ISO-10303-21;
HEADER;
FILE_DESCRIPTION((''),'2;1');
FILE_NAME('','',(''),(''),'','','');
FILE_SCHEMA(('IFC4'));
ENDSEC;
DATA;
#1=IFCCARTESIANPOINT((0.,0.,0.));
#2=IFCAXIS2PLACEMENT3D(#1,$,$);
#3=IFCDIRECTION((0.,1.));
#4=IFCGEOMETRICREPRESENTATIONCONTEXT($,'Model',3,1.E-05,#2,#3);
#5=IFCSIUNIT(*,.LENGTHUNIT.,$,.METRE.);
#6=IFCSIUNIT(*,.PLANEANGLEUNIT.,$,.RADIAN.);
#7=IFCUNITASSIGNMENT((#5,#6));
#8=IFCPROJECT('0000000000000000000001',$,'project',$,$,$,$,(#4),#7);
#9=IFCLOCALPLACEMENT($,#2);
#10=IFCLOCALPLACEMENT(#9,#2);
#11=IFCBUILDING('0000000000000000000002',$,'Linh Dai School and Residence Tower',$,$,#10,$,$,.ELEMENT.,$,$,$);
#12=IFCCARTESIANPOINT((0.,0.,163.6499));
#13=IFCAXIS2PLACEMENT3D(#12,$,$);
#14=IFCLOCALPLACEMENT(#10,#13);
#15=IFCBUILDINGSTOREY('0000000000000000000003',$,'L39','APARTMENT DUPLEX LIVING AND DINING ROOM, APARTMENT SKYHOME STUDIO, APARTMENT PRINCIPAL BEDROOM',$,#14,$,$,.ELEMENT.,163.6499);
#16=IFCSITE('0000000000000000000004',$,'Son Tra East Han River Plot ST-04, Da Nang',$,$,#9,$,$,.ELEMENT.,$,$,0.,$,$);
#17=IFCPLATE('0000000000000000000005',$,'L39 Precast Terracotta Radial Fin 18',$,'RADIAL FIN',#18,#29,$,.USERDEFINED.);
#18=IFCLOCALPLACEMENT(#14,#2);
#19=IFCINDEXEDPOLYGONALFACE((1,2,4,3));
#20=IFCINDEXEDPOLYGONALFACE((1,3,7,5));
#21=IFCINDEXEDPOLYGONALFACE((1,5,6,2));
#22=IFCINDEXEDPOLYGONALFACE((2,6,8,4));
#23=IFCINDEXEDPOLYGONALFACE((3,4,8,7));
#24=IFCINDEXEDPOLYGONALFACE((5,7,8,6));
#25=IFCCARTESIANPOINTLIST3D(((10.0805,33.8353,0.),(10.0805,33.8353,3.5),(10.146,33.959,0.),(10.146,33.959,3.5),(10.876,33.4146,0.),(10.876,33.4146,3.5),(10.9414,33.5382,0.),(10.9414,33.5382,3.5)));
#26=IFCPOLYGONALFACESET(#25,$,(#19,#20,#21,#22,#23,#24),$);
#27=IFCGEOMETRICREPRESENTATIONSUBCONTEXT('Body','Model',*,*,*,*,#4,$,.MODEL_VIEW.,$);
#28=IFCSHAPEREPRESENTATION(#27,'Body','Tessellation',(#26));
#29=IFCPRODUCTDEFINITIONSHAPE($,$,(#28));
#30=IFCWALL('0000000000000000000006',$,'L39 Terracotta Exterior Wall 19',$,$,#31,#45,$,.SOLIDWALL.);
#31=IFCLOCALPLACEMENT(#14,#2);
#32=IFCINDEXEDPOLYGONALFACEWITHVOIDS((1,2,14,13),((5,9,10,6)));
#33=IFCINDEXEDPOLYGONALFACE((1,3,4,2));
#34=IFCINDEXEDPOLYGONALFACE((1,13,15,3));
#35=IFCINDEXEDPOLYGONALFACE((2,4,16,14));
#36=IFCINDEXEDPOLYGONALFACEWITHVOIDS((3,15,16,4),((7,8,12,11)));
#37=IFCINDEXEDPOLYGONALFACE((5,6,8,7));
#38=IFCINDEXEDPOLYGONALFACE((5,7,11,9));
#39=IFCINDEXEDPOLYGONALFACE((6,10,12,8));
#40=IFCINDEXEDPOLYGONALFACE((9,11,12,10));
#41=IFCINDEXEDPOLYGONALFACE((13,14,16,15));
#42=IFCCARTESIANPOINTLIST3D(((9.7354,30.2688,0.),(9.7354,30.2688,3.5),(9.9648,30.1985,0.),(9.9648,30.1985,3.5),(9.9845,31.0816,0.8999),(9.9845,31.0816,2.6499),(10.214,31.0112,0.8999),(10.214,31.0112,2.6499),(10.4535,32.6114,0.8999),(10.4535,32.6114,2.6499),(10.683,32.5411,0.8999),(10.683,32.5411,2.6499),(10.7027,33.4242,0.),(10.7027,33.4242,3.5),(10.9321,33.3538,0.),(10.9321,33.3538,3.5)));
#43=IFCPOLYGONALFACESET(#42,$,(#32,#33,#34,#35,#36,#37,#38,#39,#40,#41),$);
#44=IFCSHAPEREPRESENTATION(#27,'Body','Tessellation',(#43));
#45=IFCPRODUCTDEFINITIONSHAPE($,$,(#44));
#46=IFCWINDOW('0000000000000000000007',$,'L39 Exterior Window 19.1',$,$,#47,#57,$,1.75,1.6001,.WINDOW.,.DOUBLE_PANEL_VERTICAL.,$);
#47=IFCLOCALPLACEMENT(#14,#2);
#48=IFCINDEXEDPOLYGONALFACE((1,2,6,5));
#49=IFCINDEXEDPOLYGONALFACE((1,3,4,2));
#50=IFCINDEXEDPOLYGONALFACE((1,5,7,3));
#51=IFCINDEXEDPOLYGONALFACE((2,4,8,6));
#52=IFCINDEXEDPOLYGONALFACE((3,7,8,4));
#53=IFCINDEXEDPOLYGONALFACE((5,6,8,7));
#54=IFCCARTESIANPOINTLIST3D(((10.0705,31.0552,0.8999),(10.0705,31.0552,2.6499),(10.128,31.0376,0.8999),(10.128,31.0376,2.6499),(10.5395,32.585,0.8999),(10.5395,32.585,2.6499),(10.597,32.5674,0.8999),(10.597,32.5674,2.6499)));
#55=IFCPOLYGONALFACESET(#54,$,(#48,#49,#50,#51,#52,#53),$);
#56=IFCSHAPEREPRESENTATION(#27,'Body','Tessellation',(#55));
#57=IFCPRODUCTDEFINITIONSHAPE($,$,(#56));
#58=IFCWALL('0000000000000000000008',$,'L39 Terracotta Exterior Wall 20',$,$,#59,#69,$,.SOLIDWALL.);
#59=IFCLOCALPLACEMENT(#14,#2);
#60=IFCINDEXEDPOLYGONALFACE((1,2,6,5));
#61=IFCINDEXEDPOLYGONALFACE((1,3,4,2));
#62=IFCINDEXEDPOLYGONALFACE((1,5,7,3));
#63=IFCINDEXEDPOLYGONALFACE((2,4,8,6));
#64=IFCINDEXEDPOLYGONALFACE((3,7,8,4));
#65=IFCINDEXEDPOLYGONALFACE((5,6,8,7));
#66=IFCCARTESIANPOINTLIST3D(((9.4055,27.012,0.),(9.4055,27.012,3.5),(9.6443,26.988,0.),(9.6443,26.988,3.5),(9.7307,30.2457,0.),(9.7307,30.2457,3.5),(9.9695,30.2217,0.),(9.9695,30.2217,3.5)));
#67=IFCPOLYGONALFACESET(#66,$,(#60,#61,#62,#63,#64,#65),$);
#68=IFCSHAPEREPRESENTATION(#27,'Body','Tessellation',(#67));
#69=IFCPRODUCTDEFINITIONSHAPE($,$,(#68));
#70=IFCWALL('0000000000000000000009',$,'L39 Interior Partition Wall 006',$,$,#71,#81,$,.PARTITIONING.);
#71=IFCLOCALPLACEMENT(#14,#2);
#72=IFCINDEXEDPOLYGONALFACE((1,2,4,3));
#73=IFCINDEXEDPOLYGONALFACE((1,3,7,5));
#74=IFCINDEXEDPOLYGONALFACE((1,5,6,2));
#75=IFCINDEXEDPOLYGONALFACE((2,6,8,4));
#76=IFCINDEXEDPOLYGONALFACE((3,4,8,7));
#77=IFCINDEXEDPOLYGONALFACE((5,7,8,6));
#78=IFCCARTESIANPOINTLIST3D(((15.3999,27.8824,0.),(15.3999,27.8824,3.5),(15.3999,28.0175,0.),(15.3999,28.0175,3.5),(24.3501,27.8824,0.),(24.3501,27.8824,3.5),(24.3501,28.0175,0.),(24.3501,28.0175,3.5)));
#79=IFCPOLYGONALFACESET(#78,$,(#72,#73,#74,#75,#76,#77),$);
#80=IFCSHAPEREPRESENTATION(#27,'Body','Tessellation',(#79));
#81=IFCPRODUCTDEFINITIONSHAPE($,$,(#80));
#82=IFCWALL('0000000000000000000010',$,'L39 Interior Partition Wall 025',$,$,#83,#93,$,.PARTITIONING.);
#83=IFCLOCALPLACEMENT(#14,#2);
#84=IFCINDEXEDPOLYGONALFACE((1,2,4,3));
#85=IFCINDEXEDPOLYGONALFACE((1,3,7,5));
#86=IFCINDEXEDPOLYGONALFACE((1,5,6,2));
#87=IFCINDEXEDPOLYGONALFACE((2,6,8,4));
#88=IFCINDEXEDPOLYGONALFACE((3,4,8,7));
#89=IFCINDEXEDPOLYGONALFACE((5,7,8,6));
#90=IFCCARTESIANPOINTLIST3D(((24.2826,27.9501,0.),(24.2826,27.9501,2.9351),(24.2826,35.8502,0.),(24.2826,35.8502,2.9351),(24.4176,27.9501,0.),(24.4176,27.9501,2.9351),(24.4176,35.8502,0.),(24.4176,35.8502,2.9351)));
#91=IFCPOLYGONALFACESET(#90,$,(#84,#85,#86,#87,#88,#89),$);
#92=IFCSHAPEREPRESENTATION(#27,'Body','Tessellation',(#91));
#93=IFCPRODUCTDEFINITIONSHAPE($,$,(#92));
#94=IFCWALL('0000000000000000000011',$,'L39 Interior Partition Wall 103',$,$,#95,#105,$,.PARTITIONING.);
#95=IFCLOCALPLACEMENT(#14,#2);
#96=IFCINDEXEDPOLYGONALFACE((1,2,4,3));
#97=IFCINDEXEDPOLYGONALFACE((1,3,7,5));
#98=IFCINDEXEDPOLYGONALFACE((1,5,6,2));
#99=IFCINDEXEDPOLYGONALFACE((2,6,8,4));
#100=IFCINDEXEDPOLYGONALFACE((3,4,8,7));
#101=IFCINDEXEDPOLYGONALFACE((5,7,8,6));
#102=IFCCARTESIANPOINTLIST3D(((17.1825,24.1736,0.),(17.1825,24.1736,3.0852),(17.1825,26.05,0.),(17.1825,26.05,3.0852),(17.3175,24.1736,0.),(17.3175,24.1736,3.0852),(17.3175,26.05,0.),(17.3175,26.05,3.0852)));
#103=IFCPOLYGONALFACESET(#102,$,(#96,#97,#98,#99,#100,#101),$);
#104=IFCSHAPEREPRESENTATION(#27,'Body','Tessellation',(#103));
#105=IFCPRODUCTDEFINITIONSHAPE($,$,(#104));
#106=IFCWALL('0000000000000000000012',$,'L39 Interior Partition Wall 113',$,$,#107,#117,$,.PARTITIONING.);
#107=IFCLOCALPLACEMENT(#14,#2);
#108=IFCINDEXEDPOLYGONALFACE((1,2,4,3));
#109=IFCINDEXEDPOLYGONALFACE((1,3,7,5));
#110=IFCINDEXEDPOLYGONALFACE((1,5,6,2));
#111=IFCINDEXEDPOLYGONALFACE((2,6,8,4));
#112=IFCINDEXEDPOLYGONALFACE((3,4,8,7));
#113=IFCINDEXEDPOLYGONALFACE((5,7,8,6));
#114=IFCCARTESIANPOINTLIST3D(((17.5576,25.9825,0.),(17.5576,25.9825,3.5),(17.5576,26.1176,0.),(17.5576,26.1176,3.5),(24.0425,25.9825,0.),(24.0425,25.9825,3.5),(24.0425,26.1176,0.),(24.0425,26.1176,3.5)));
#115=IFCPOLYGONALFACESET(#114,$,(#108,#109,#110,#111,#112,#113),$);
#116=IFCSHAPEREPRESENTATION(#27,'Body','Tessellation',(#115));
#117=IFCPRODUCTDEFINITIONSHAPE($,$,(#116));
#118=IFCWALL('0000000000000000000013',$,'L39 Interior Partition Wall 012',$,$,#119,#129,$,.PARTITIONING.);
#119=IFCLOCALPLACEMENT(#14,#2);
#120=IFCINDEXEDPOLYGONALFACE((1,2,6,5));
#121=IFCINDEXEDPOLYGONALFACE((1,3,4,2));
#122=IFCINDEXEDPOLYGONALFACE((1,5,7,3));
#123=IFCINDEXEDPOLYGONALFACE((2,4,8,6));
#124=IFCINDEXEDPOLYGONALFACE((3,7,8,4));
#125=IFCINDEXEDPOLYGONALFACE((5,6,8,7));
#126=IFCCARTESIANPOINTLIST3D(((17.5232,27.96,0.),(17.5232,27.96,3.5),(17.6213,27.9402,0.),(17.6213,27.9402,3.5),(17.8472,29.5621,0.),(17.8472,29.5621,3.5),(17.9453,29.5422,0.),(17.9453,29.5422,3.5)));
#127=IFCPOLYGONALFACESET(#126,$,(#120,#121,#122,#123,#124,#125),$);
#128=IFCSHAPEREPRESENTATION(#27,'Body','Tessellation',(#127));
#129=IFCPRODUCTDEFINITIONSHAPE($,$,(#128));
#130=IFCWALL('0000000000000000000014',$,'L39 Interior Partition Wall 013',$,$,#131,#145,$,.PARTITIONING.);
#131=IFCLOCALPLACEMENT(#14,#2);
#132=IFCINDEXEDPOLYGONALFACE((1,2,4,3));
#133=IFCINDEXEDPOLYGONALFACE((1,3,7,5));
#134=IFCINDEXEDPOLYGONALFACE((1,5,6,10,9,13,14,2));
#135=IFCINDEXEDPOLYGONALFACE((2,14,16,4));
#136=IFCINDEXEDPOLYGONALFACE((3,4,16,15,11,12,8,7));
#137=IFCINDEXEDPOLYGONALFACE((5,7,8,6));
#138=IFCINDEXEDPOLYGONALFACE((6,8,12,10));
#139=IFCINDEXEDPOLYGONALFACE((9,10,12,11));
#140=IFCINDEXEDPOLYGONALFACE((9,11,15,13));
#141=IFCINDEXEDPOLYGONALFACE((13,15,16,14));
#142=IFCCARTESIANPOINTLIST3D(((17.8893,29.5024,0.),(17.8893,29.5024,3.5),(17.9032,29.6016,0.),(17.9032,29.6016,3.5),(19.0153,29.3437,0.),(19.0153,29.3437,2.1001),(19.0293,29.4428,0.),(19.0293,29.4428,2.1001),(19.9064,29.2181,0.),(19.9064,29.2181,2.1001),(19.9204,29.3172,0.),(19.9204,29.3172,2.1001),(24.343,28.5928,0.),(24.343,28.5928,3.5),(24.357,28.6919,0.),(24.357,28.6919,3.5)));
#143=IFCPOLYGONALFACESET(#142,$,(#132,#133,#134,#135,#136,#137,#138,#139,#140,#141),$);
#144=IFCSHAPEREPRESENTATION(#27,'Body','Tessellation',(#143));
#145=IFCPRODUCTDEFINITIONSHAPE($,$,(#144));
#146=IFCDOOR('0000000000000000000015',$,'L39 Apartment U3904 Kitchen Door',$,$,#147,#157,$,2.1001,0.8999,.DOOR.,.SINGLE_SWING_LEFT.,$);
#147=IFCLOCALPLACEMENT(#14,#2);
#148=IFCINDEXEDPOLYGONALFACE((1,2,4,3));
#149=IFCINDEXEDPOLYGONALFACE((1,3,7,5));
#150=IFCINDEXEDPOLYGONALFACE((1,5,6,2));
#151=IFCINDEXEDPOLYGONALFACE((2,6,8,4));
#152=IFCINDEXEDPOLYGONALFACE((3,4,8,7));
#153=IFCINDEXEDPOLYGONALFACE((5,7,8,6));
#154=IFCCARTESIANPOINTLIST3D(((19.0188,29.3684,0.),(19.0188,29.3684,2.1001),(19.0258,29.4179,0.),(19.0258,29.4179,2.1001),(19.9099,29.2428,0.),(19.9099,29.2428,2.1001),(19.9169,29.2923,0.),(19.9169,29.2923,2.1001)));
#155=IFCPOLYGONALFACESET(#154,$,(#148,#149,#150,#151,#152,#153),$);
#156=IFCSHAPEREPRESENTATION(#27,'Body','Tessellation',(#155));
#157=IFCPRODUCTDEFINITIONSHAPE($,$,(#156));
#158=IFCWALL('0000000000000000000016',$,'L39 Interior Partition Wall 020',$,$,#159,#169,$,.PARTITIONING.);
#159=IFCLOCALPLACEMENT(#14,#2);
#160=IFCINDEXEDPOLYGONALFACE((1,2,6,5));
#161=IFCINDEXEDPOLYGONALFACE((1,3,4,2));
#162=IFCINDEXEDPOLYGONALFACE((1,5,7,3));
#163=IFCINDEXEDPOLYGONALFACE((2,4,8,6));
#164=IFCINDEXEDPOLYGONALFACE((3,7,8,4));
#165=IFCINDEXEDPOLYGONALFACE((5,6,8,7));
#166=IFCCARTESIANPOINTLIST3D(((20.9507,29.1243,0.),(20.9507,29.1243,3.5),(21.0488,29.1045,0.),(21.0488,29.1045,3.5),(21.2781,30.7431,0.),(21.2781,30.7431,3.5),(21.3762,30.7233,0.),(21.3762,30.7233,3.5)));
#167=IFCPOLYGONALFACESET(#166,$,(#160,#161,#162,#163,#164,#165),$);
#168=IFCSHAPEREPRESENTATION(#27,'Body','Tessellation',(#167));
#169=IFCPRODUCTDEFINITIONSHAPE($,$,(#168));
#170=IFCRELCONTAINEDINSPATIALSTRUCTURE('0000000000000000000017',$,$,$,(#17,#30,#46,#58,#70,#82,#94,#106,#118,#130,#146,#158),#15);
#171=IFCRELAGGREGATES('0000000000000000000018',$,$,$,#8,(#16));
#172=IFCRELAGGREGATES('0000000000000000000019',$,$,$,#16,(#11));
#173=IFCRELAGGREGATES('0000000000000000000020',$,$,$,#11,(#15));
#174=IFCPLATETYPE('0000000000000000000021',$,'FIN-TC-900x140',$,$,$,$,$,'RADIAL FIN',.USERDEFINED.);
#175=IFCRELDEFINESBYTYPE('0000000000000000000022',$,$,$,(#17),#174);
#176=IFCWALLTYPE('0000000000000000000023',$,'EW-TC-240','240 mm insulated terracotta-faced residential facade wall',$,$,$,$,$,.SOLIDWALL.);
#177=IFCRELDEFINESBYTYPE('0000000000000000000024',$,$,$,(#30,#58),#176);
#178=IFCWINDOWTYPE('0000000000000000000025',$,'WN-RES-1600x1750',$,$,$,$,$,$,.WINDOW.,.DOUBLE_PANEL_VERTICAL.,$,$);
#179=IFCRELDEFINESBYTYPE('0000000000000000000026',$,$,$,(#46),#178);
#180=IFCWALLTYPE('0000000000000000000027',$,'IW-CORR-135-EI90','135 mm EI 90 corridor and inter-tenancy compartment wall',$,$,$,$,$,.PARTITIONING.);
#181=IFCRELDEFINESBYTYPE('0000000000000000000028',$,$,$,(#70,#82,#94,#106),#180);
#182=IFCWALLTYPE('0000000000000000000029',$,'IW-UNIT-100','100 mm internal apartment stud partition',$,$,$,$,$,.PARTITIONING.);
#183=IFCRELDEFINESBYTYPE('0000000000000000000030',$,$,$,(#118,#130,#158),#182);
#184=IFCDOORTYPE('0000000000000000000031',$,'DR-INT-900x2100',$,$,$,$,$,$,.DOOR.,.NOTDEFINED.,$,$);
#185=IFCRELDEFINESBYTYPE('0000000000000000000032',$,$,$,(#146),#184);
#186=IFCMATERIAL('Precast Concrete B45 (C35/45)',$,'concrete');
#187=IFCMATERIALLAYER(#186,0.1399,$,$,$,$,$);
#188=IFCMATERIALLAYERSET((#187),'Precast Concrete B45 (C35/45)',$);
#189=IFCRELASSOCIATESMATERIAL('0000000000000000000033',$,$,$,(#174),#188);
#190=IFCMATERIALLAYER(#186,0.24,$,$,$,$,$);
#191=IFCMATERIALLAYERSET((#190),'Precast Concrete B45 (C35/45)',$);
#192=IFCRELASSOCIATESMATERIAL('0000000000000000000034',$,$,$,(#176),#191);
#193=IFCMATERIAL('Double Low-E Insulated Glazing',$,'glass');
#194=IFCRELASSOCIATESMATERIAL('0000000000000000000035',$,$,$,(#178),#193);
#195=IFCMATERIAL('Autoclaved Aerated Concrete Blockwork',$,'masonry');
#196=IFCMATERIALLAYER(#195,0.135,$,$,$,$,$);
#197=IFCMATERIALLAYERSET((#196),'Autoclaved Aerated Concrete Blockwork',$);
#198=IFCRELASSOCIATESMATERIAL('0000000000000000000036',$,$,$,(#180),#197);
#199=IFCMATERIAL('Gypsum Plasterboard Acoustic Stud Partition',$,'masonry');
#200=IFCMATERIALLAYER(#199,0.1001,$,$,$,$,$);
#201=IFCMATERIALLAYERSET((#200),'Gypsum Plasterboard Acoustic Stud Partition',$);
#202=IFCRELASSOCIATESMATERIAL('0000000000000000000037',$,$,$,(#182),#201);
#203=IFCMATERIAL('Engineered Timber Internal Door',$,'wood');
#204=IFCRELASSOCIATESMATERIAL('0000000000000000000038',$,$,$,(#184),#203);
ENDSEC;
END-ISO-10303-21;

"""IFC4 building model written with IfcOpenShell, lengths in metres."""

from ifc_helpers import new_model, si_unit, direction, frame, frame_2d, origin, origin_2d, place, context, subcontext, project, spatial, rectangle, extrude, source, transform, mapped, material, layer, layer_set, type_object, element, fill, save


model = new_model("IFC4")

# Units and contexts
model_context = context("Model", 3, precision=1e-05, world=origin(), true_north=direction((0.0, 1.0)))
body_context = subcontext(model_context, "Body", "Model", "MODEL_VIEW")
ifc_project = project(units=[si_unit("LENGTHUNIT", "METRE"), si_unit("PLANEANGLEUNIT", "RADIAN")], contexts=[model_context])

# Site, building, storey
site_placement = place(None, origin())
site = spatial("IfcSite", under=ifc_project, at=site_placement, Name="Son Tra East Han River Plot ST-04, Da Nang", CompositionType="ELEMENT", RefElevation=0.0)
building_placement = place(site_placement, origin())
building = spatial("IfcBuilding", under=site, at=building_placement, Name="Linh Dai School and Residence Tower", CompositionType="ELEMENT")
storey_placement = place(building_placement, frame((0.0, 0.0, 163.6499)))
storey = spatial("IfcBuildingStorey", under=building, at=storey_placement, Name="L39", Description="APARTMENT DUPLEX LIVING AND DINING ROOM, APARTMENT SKYHOME STUDIO, APARTMENT PRINCIPAL BEDROOM", CompositionType="ELEMENT", Elevation=163.6499)

# Plate
ifc_material_1 = material(Name="Precast Concrete B45 (C35/45)", Category="concrete")
ifc_layer_1 = layer(ifc_material_1, 0.1399)
ifc_layer_set_1 = layer_set([ifc_layer_1], Name="Precast Concrete B45 (C35/45)")
plate_type = type_object("IfcPlateType", Name="FIN-TC-900x140", ElementType="RADIAL FIN", PredefinedType="USERDEFINED", material=ifc_layer_set_1)
shared_shape_1 = source(origin(), body_context, "Body", "SweptSolid", [
    extrude(rectangle(XDim=0.8999, YDim=0.1399, at=origin_2d()), origin(), (0.0, 0.0, 1.0), 3.5),
])
plate_placement = place(storey_placement, frame((10.511, 33.6868, 0.0), z_axis=(0.0, 0.0, 1.0), x_axis=(-0.883951, 0.46758, 0.0)))
element("IfcPlate", 1, at=plate_placement, inside=storey, type_object=plate_type, Name="L39 Precast Terracotta Radial Fin 18", ObjectType="RADIAL FIN", PredefinedType="USERDEFINED", context=body_context, shape_type="MappedRepresentation", body=[
    mapped(shared_shape_1, transform((0.0, 0.0, 0.0), x_axis=(1.0, 0.0, 0.0), y_axis=(0.0, 1.0, 0.0), z_axis=(0.0, 0.0, 1.0), scale=1.0)),
])

# Shared definitions
ifc_layer_2 = layer(ifc_material_1, 0.24)
ifc_layer_set_2 = layer_set([ifc_layer_2], Name="Precast Concrete B45 (C35/45)")
wall_type_1 = type_object("IfcWallType", Name="EW-TC-240", Description="240 mm insulated terracotta-faced residential facade wall", PredefinedType="SOLIDWALL", material=ifc_layer_set_2)

# Wall, opening, window
wall_1_placement = place(storey_placement, frame((9.8501, 30.2336, 0.0), z_axis=(0.0, 0.0, 1.0), x_axis=(0.293098, 0.956082, 0.0)))
wall_1 = element("IfcWall", 2, at=wall_1_placement, inside=storey, type_object=wall_type_1, Name="L39 Terracotta Exterior Wall 19", PredefinedType="SOLIDWALL", context=body_context, shape_type="SweptSolid", body=[
    extrude(rectangle(XDim=3.3003, YDim=0.24, at=frame_2d((1.6501, 0.0))), origin(), (0.0, 0.0, 1.0), 3.5),
])
opening_1_placement = place(wall_1_placement, frame((0.8501, 0.0, 0.8999)))
opening_1 = element("IfcOpeningElement", 3, at=opening_1_placement, cuts=wall_1, PredefinedType="OPENING", context=body_context, shape_type="SweptSolid", body=[
    extrude(rectangle(XDim=1.6001, YDim=1.75, at=origin_2d()), frame((0.8, 0.1299, 0.875), z_axis=(0.0, -1.0, 0.0), x_axis=(1.0, 0.0, 0.0)), (0.0, 0.0, 1.0), 0.26),
])
ifc_material_2 = material(Name="Double Low-E Insulated Glazing", Category="glass")
window_type = type_object("IfcWindowType", Name="WN-RES-1600x1750", PartitioningType="DOUBLE_PANEL_VERTICAL", PredefinedType="WINDOW", material=ifc_material_2)
shared_shape_2 = source(origin(), body_context, "Body", "SweptSolid", [
    extrude(rectangle(XDim=1.6001, YDim=1.75, at=origin_2d()), frame((0.8, 0.03, 0.875), z_axis=(0.0, -1.0, 0.0), x_axis=(1.0, 0.0, 0.0)), (0.0, 0.0, 1.0), 0.0601),
])
window_placement = place(opening_1_placement, origin())
window = element("IfcWindow", 4, at=window_placement, inside=storey, type_object=window_type, Name="L39 Exterior Window 19.1", OverallHeight=1.75, OverallWidth=1.6001, PartitioningType="DOUBLE_PANEL_VERTICAL", PredefinedType="WINDOW", context=body_context, shape_type="MappedRepresentation", body=[
    mapped(shared_shape_2, transform((0.0, 0.0, 0.0), x_axis=(1.0, 0.0, 0.0), y_axis=(0.0, 1.0, 0.0), z_axis=(0.0, 0.0, 1.0), scale=1.0)),
])
fill(opening_1, window)

# Walls
wall_2_placement = place(storey_placement, frame((9.5249, 27.0, 0.0), z_axis=(0.0, 0.0, 1.0), x_axis=(0.100062, 0.994981, 0.0)))
element("IfcWall", 5, at=wall_2_placement, inside=storey, type_object=wall_type_1, Name="L39 Terracotta Exterior Wall 20", PredefinedType="SOLIDWALL", context=body_context, shape_type="SweptSolid", body=[
    extrude(rectangle(XDim=3.25, YDim=0.24, at=frame_2d((1.625, 0.0))), origin(), (0.0, 0.0, 1.0), 3.5),
])
ifc_material_3 = material(Name="Autoclaved Aerated Concrete Blockwork", Category="masonry")
ifc_layer_3 = layer(ifc_material_3, 0.135)
ifc_layer_set_3 = layer_set([ifc_layer_3], Name="Autoclaved Aerated Concrete Blockwork")
wall_type_2 = type_object("IfcWallType", Name="IW-CORR-135-EI90", Description="135 mm EI 90 corridor and inter-tenancy compartment wall", PredefinedType="PARTITIONING", material=ifc_layer_set_3)
wall_3_placement = place(storey_placement, frame((15.3999, 27.95, 0.0), z_axis=(0.0, 0.0, 1.0), x_axis=(1.0, 0.0, 0.0)))
element("IfcWall", 6, at=wall_3_placement, inside=storey, type_object=wall_type_2, Name="L39 Interior Partition Wall 006", PredefinedType="PARTITIONING", context=body_context, shape_type="SweptSolid", body=[
    extrude(rectangle(XDim=8.9502, YDim=0.135, at=frame_2d((4.4751, 0.0))), origin(), (0.0, 0.0, 1.0), 3.5),
])
wall_4_placement = place(storey_placement, frame((24.3501, 27.95, 0.0), z_axis=(0.0, 0.0, 1.0), x_axis=(0.0, 1.0, 0.0)))
element("IfcWall", 7, at=wall_4_placement, inside=storey, type_object=wall_type_2, Name="L39 Interior Partition Wall 025", PredefinedType="PARTITIONING", context=body_context, shape_type="SweptSolid", body=[
    extrude(rectangle(XDim=7.9001, YDim=0.135, at=frame_2d((3.9502, 0.0))), origin(), (0.0, 0.0, 1.0), 2.9351),
])
wall_5_placement = place(storey_placement, frame((17.25, 26.05, 0.0), z_axis=(0.0, 0.0, 1.0), x_axis=(0.0, -1.0, 0.0)))
element("IfcWall", 8, at=wall_5_placement, inside=storey, type_object=wall_type_2, Name="L39 Interior Partition Wall 103", PredefinedType="PARTITIONING", context=body_context, shape_type="SweptSolid", body=[
    extrude(rectangle(XDim=1.8765, YDim=0.135, at=frame_2d((0.9382, 0.0))), origin(), (0.0, 0.0, 1.0), 3.0852),
])
wall_6_placement = place(storey_placement, frame((24.0425, 26.05, 0.0), z_axis=(0.0, 0.0, 1.0), x_axis=(-1.0, 0.0, 0.0)))
element("IfcWall", 9, at=wall_6_placement, inside=storey, type_object=wall_type_2, Name="L39 Interior Partition Wall 113", PredefinedType="PARTITIONING", context=body_context, shape_type="SweptSolid", body=[
    extrude(rectangle(XDim=6.4849, YDim=0.135, at=frame_2d((3.2424, 0.0))), origin(), (0.0, 0.0, 1.0), 3.5),
])
ifc_material_4 = material(Name="Gypsum Plasterboard Acoustic Stud Partition", Category="masonry")
ifc_layer_4 = layer(ifc_material_4, 0.1001)
ifc_layer_set_4 = layer_set([ifc_layer_4], Name="Gypsum Plasterboard Acoustic Stud Partition")
wall_type_3 = type_object("IfcWallType", Name="IW-UNIT-100", Description="100 mm internal apartment stud partition", PredefinedType="PARTITIONING", material=ifc_layer_set_4)
wall_7_placement = place(storey_placement, frame((17.5723, 27.95, 0.0), z_axis=(0.0, 0.0, 1.0), x_axis=(0.198213, 0.980159, 0.0)))
element("IfcWall", 10, at=wall_7_placement, inside=storey, type_object=wall_type_3, Name="L39 Interior Partition Wall 012", PredefinedType="PARTITIONING", context=body_context, shape_type="SweptSolid", body=[
    extrude(rectangle(XDim=1.6345, YDim=0.1001, at=frame_2d((0.8174, 0.0))), origin(), (0.0, 0.0, 1.0), 3.5),
])

# Wall, opening, door
wall_8_placement = place(storey_placement, frame((17.8962, 29.552, 0.0), z_axis=(0.0, 0.0, 1.0), x_axis=(0.990212, -0.13957, 0.0)))
wall_8 = element("IfcWall", 11, at=wall_8_placement, inside=storey, type_object=wall_type_3, Name="L39 Interior Partition Wall 013", PredefinedType="PARTITIONING", context=body_context, shape_type="SweptSolid", body=[
    extrude(rectangle(XDim=6.5176, YDim=0.1001, at=frame_2d((3.2588, 0.0))), origin(), (0.0, 0.0, 1.0), 3.5),
])
opening_2_placement = place(wall_8_placement, frame((1.1372, 0.0, 0.0)))
opening_2 = element("IfcOpeningElement", 12, at=opening_2_placement, cuts=wall_8, PredefinedType="OPENING", context=body_context, shape_type="SweptSolid", body=[
    extrude(rectangle(XDim=0.8999, YDim=2.1001, at=origin_2d()), frame((0.45, 0.0601, 1.05), z_axis=(0.0, -1.0, 0.0), x_axis=(1.0, 0.0, 0.0)), (0.0, 0.0, 1.0), 0.1201),
])
ifc_material_5 = material(Name="Engineered Timber Internal Door", Category="wood")
door_type_1 = type_object("IfcDoorType", Name="DR-INT-900x2100", OperationType="NOTDEFINED", PredefinedType="DOOR", material=ifc_material_5)
shared_shape_3 = source(origin(), body_context, "Body", "SweptSolid", [
    extrude(rectangle(XDim=0.8999, YDim=2.1001, at=origin_2d()), frame((0.45, 0.0249, 1.05), z_axis=(0.0, -1.0, 0.0), x_axis=(1.0, 0.0, 0.0)), (0.0, 0.0, 1.0), 0.05),
])
door_1_placement = place(opening_2_placement, origin())
door_1 = element("IfcDoor", 13, at=door_1_placement, inside=storey, type_object=door_type_1, Name="L39 Apartment U3904 Kitchen Door", OperationType="SINGLE_SWING_LEFT", OverallHeight=2.1001, OverallWidth=0.8999, PredefinedType="DOOR", context=body_context, shape_type="MappedRepresentation", body=[
    mapped(shared_shape_3, transform((0.0, 0.0, 0.0), x_axis=(1.0, 0.0, 0.0), y_axis=(0.0, 1.0, 0.0), z_axis=(0.0, 0.0, 1.0), scale=1.0)),
])
fill(opening_2, door_1)

# Wall
wall_9_placement = place(storey_placement, frame((20.9998, 29.1145, 0.0), z_axis=(0.0, 0.0, 1.0), x_axis=(0.198219, 0.980158, 0.0)))
element("IfcWall", 14, at=wall_9_placement, inside=storey, type_object=wall_type_3, Name="L39 Interior Partition Wall 020", PredefinedType="PARTITIONING", context=body_context, shape_type="SweptSolid", body=[
    extrude(rectangle(XDim=1.6516, YDim=0.1001, at=frame_2d((0.8257, 0.0))), origin(), (0.0, 0.0, 1.0), 3.5),
])

save(model, "model.ifc")
